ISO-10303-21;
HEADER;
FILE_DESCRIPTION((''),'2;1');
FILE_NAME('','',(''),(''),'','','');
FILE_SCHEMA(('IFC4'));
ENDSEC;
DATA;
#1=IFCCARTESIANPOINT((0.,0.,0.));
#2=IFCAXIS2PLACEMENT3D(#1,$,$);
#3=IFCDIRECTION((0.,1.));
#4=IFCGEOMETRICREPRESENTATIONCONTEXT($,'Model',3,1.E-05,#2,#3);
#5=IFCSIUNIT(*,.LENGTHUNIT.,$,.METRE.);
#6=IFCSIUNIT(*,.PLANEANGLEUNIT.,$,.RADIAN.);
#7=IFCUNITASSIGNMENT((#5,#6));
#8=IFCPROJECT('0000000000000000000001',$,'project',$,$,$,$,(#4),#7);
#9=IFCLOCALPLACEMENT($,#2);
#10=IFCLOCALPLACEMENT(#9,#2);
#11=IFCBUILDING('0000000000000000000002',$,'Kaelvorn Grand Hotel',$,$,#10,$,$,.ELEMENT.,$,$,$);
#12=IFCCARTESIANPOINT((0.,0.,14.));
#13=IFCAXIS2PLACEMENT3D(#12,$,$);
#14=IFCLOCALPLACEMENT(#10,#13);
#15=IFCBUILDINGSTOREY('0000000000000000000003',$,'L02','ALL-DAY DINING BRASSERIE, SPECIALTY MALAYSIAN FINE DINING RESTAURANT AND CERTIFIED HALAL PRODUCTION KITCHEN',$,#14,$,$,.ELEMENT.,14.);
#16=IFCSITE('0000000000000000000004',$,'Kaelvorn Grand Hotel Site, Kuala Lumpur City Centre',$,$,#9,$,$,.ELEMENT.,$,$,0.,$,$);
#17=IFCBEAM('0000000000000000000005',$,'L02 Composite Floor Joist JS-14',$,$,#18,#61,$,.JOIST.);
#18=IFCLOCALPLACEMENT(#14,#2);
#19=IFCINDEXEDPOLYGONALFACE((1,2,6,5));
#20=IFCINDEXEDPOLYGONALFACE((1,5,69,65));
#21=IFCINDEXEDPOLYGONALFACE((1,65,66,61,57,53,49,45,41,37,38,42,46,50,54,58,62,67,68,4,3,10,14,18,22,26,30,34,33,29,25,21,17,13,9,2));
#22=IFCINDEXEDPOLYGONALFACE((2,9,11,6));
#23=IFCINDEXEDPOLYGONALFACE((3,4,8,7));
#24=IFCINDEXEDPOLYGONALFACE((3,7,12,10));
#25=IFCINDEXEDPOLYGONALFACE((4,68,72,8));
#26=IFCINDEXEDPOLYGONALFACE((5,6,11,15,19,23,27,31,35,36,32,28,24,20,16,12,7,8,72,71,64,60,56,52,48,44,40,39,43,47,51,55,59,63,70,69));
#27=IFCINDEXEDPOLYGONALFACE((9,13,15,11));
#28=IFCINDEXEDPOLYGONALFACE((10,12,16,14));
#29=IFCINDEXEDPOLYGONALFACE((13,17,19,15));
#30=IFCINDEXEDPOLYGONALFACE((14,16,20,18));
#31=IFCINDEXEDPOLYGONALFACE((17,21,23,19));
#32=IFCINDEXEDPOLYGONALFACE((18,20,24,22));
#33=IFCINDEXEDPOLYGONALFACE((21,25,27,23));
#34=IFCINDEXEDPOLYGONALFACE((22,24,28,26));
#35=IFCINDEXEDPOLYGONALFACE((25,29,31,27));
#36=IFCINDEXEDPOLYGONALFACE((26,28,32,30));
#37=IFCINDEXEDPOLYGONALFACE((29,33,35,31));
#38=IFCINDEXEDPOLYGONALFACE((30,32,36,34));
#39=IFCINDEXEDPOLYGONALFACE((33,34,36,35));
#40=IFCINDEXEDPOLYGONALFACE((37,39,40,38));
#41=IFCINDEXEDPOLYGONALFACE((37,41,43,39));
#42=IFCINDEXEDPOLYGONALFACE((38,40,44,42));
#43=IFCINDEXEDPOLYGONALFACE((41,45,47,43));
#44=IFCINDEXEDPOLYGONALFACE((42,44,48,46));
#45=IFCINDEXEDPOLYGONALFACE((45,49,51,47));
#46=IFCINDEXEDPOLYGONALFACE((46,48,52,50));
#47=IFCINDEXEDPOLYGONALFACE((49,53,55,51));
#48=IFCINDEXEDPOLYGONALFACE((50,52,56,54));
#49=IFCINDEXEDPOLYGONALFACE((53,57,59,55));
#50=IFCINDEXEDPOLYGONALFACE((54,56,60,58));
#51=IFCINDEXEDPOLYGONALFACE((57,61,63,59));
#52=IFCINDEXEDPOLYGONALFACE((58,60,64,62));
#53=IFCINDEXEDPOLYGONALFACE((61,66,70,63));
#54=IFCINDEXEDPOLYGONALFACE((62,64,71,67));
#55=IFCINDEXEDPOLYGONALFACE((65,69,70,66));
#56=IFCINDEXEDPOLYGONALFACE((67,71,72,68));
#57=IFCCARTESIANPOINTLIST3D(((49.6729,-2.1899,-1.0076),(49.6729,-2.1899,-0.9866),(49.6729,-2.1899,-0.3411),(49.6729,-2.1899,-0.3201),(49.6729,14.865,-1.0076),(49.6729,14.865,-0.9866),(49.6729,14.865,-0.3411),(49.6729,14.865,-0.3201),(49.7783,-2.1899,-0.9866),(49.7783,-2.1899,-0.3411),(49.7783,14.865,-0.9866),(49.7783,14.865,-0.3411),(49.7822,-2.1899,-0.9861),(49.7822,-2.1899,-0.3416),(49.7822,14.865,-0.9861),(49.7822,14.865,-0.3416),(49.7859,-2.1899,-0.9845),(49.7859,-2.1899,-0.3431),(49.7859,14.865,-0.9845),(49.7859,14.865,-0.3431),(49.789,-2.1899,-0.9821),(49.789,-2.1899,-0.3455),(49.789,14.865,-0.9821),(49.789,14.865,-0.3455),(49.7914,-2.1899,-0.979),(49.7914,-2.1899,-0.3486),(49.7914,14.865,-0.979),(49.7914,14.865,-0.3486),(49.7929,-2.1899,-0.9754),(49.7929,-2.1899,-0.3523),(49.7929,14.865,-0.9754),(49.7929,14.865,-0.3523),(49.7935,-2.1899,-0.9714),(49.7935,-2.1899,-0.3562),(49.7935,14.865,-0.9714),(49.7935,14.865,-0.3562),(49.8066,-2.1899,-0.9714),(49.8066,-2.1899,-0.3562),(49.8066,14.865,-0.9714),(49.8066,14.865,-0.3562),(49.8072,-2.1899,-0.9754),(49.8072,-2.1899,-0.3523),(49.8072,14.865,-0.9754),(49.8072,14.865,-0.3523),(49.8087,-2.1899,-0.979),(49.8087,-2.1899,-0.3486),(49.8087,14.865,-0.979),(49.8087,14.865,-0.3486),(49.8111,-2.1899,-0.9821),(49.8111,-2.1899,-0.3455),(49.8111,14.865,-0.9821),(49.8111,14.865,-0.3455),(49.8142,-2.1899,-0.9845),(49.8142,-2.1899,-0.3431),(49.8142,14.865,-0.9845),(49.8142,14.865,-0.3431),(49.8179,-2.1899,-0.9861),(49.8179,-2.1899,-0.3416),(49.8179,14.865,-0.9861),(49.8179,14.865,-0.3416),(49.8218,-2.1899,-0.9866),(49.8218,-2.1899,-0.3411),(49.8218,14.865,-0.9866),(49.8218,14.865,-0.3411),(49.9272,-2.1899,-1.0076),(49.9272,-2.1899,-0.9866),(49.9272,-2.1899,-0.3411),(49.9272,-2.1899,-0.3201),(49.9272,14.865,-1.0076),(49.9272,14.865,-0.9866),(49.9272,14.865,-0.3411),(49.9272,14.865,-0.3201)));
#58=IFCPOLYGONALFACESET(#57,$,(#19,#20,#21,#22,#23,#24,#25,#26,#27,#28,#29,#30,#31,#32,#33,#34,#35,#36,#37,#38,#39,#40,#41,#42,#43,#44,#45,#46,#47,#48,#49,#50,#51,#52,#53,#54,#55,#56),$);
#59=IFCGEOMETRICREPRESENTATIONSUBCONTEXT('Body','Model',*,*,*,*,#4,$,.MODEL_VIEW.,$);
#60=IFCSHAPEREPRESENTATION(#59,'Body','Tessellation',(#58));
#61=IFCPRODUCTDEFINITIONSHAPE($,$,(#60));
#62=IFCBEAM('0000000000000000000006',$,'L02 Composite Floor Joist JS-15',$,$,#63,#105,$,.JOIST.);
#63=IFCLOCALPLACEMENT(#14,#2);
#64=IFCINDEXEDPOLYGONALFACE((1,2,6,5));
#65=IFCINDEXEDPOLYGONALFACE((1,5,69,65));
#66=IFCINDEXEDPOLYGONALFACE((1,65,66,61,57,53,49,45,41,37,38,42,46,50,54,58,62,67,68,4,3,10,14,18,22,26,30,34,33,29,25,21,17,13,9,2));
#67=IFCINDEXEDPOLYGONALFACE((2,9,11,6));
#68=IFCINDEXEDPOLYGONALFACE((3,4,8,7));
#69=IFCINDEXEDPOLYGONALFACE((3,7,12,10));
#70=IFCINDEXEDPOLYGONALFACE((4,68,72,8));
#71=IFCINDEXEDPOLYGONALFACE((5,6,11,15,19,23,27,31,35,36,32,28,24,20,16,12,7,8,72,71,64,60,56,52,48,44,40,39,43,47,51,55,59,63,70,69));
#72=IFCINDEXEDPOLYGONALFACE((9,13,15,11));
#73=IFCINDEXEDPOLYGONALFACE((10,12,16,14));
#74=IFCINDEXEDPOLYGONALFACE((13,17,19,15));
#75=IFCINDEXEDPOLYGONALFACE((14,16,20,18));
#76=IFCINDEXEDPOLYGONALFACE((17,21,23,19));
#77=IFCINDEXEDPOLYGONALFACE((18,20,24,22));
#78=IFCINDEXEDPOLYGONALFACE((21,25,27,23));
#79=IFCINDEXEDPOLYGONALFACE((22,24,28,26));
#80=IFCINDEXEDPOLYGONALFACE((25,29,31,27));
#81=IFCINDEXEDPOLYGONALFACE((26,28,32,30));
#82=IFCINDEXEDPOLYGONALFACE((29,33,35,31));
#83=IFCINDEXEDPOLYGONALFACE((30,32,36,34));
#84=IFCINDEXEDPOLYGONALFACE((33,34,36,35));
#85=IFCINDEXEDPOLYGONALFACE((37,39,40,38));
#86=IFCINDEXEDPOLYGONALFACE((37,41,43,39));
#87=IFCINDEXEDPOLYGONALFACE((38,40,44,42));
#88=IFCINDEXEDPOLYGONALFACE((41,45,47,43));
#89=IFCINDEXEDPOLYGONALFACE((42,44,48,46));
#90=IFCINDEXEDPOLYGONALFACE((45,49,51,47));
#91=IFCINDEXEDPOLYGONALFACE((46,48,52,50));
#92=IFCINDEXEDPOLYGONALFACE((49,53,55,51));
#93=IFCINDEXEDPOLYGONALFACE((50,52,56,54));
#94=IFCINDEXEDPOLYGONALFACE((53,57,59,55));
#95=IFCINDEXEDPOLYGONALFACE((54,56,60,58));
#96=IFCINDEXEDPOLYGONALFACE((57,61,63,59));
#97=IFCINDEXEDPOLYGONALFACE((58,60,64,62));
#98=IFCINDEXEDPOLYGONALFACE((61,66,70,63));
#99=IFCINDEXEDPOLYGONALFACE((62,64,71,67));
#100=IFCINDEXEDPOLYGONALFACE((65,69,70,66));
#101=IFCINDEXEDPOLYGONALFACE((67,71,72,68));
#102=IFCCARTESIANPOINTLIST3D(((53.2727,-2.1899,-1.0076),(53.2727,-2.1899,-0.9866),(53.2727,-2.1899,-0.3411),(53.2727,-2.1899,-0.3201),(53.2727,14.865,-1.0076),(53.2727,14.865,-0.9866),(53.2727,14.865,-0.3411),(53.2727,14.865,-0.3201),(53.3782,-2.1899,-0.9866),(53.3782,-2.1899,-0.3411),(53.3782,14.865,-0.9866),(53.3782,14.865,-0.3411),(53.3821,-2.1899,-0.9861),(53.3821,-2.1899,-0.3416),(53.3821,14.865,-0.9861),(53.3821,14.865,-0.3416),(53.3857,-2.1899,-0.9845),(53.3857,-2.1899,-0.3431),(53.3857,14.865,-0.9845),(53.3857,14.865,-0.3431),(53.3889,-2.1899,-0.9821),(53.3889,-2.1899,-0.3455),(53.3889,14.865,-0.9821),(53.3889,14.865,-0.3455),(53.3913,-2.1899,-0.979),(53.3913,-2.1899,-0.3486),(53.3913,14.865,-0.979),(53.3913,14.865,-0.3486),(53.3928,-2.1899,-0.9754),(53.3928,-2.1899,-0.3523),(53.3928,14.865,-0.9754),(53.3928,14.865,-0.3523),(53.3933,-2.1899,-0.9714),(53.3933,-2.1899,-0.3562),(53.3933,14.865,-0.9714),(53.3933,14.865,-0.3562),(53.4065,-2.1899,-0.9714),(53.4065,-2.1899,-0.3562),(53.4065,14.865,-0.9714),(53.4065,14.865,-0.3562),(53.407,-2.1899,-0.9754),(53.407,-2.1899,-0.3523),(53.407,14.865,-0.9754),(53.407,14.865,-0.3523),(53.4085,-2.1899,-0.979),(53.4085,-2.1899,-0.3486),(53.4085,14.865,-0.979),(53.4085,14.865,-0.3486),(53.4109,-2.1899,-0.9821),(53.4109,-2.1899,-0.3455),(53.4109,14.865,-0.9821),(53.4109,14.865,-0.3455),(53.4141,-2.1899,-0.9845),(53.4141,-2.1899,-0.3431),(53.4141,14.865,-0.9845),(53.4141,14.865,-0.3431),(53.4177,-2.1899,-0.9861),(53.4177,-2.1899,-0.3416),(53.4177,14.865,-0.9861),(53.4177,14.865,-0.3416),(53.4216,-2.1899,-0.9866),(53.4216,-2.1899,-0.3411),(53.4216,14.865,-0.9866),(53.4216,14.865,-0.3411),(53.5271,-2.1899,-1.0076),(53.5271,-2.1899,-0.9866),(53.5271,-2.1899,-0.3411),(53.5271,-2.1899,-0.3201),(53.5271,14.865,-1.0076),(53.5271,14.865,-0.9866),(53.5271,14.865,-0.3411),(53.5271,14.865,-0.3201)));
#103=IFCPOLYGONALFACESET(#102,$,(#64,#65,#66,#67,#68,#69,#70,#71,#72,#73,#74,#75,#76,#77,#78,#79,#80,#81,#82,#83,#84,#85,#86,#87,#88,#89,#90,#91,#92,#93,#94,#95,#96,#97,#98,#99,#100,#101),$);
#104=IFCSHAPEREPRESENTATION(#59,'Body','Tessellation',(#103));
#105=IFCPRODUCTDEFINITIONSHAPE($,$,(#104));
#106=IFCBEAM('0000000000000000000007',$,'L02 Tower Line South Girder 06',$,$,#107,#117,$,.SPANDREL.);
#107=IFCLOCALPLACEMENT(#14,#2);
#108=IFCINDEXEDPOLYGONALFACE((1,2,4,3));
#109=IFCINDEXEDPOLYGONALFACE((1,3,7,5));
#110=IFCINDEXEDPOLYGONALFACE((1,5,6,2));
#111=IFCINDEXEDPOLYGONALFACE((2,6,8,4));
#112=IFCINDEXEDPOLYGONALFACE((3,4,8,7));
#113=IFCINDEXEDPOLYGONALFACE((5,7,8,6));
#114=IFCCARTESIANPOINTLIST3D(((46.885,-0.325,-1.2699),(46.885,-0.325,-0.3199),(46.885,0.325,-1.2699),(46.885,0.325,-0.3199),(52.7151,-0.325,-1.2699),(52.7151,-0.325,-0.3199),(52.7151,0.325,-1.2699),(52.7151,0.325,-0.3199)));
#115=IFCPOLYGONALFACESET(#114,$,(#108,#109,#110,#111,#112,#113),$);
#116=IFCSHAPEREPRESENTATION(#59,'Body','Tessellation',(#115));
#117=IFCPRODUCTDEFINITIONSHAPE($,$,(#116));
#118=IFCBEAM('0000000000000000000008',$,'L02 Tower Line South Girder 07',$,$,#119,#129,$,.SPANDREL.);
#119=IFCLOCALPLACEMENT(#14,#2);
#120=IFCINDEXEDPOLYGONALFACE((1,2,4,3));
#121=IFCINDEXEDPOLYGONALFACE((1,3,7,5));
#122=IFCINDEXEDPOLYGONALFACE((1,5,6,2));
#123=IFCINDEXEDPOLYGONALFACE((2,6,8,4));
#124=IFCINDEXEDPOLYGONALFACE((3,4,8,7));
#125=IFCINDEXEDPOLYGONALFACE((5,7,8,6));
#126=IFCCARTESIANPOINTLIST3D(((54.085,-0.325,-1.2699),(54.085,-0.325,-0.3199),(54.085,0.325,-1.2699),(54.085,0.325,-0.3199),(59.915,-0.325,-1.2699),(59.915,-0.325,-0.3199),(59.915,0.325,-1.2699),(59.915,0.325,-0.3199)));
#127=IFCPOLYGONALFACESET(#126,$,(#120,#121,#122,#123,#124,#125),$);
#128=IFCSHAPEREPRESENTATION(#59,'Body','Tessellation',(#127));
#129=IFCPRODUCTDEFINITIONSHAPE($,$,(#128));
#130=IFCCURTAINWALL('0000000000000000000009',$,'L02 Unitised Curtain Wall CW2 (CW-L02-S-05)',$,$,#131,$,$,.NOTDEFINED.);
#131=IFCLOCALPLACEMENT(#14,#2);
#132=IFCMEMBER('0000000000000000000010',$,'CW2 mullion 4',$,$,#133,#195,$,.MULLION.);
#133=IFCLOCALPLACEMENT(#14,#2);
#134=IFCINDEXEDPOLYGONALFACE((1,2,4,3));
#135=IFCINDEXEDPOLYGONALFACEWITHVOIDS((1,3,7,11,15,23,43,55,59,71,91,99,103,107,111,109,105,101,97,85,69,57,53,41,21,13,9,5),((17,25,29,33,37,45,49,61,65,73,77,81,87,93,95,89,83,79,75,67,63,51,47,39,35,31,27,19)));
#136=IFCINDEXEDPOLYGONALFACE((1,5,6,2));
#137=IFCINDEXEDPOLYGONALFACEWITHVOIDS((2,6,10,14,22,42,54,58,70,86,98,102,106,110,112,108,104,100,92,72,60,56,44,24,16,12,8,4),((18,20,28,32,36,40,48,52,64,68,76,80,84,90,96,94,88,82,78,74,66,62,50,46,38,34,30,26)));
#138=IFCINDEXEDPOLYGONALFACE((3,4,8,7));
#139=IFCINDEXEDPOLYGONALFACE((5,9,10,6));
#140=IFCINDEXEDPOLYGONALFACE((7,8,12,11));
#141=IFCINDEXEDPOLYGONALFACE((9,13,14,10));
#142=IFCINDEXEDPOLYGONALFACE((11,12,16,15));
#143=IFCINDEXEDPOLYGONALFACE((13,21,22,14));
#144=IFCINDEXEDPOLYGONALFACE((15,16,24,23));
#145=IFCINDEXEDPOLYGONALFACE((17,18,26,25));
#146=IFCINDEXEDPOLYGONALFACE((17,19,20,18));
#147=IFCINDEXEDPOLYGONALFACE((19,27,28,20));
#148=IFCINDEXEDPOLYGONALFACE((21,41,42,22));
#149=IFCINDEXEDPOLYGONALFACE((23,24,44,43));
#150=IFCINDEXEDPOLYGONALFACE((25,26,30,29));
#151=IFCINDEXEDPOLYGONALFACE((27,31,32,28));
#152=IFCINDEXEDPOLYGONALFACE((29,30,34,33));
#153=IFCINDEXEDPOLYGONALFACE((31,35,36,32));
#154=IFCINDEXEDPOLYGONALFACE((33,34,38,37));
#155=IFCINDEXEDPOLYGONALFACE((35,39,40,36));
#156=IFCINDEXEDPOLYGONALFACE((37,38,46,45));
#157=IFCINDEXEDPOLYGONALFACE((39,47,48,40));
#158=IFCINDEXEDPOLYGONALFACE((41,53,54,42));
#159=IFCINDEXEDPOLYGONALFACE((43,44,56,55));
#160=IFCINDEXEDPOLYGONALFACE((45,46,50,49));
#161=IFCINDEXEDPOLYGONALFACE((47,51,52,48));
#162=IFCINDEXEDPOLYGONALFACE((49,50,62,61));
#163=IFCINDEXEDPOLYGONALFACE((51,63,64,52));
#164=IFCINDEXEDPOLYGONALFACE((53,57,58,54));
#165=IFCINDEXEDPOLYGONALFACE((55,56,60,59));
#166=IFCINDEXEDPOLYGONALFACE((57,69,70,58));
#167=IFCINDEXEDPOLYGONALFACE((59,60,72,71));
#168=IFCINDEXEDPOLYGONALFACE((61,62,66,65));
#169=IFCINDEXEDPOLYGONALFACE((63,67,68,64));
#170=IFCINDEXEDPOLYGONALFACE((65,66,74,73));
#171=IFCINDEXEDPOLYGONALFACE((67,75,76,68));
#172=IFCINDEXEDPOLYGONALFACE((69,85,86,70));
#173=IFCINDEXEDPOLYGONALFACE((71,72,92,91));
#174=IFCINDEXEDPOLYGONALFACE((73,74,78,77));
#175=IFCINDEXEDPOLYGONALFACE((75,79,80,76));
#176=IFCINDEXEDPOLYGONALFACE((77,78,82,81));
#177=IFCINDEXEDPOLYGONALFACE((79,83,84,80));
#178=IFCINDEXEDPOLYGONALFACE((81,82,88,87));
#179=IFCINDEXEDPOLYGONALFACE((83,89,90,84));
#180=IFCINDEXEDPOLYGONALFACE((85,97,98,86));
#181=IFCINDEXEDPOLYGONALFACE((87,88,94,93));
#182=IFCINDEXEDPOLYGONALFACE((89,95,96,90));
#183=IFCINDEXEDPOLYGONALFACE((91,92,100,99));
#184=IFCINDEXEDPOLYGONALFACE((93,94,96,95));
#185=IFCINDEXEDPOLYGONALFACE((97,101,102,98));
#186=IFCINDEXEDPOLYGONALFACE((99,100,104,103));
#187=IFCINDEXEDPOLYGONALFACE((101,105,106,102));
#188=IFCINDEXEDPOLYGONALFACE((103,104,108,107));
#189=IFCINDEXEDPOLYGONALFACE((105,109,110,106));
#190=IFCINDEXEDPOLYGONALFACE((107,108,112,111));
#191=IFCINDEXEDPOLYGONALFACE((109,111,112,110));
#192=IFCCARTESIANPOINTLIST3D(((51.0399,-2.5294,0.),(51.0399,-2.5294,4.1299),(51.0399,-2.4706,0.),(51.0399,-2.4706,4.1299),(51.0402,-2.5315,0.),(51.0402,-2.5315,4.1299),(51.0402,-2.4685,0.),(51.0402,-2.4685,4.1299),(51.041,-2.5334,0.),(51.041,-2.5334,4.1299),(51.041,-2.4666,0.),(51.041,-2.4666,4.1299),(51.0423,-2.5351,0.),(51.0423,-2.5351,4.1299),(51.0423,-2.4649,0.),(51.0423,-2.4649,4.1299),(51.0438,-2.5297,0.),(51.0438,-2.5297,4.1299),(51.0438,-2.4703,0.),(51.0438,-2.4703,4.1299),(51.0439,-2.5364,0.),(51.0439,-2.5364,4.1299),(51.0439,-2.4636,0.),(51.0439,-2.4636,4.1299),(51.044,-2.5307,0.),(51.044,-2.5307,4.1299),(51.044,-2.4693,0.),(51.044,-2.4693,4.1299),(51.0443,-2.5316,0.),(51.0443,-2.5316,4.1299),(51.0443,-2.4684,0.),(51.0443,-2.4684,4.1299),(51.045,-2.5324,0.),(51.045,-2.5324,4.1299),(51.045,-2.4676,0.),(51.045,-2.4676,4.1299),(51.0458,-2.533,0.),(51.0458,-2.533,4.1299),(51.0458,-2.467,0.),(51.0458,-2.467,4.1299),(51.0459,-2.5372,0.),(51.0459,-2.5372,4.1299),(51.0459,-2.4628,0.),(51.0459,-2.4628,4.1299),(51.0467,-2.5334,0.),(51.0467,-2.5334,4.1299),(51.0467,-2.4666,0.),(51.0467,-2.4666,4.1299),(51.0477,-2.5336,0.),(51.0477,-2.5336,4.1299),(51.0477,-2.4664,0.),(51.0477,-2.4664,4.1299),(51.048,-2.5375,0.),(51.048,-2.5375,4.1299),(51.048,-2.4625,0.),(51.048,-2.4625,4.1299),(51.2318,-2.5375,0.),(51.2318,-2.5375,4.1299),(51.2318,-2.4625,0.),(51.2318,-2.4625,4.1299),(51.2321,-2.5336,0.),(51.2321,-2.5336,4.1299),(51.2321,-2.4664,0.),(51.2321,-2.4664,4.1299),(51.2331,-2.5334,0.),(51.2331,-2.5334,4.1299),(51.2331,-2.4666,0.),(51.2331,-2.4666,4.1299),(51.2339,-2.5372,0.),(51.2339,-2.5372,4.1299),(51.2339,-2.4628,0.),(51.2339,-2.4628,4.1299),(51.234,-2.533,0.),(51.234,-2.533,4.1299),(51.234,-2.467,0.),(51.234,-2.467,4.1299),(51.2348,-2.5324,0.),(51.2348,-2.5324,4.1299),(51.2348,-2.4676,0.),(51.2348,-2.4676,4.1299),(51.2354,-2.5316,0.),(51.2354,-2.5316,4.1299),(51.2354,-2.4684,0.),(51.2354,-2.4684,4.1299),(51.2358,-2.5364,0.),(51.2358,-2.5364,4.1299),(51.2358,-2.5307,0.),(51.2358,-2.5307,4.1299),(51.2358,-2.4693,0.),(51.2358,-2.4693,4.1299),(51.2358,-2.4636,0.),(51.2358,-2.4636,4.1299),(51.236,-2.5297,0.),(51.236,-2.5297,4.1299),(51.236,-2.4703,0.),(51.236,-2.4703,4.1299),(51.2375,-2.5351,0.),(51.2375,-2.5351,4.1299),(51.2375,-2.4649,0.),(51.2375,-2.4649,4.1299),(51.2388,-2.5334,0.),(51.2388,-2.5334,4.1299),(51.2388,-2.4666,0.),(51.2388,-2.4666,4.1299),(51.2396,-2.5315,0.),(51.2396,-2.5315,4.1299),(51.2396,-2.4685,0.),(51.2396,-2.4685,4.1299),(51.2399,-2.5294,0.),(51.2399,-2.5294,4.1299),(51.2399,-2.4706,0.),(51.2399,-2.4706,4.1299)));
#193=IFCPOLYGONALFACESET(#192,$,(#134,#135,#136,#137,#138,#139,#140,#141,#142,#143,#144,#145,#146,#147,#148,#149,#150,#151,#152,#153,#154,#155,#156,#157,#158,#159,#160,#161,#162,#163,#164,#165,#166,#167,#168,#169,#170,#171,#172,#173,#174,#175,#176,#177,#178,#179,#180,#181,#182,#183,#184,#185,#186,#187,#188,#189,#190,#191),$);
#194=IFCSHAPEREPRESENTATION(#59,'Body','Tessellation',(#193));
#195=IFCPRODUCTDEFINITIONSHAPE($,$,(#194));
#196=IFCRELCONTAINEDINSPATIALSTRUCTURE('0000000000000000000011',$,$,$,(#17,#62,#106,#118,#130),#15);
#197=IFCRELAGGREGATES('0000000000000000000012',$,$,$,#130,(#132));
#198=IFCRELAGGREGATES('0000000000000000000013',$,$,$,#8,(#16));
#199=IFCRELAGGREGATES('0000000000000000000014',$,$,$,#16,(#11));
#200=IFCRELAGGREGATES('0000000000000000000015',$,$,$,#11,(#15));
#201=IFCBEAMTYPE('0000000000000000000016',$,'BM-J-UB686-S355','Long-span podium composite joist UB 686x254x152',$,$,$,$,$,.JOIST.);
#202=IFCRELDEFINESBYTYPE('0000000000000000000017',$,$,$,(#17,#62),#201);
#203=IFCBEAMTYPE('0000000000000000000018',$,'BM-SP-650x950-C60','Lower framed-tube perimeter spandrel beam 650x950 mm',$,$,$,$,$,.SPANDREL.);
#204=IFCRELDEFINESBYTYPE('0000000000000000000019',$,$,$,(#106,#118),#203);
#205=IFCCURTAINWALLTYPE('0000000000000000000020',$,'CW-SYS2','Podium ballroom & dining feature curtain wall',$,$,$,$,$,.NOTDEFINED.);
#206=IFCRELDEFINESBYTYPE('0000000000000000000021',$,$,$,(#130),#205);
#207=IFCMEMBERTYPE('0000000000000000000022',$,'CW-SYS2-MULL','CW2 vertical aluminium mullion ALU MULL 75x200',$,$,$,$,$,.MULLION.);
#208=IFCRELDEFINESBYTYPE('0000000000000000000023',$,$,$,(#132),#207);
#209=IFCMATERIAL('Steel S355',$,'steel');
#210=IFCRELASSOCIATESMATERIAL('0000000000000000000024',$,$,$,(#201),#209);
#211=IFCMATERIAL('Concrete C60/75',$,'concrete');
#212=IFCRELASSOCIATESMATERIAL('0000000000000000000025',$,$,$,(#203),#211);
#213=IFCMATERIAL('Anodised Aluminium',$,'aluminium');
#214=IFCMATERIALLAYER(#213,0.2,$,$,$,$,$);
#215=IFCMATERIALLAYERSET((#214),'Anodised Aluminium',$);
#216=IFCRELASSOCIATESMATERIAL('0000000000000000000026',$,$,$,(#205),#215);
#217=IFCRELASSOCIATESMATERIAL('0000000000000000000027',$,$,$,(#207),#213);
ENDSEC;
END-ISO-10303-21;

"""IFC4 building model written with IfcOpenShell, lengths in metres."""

from ifc_helpers import new_model, si_unit, direction, frame, origin, origin_2d, place, context, subcontext, project, spatial, rectangle, hollow_rectangle, i_section, extrude, material, layer, layer_set, material_profile, profile_set, type_object, element, aggregate, save


model = new_model("IFC4")

# Units and contexts
model_context = context("Model", 3, precision=1e-05, world=origin(), true_north=direction((0.0, 1.0)))
body_context = subcontext(model_context, "Body", "Model", "MODEL_VIEW")
ifc_project = project(units=[si_unit("LENGTHUNIT", "METRE"), si_unit("PLANEANGLEUNIT", "RADIAN")], contexts=[model_context])

# Site, building, storey
site_placement = place(None, origin())
site = spatial("IfcSite", under=ifc_project, at=site_placement, Name="Kaelvorn Grand Hotel Site, Kuala Lumpur City Centre", CompositionType="ELEMENT", RefElevation=0.0)
building_placement = place(site_placement, origin())
building = spatial("IfcBuilding", under=site, at=building_placement, Name="Kaelvorn Grand Hotel", CompositionType="ELEMENT")
storey_placement = place(building_placement, frame((0.0, 0.0, 14.0)))
storey = spatial("IfcBuildingStorey", under=building, at=storey_placement, Name="L02", Description="ALL-DAY DINING BRASSERIE, SPECIALTY MALAYSIAN FINE DINING RESTAURANT AND CERTIFIED HALAL PRODUCTION KITCHEN", CompositionType="ELEMENT", Elevation=14.0)

# Beams
ifc_material_1 = material(Name="Steel S355", Category="steel")
ifc_material_profile_1 = material_profile(ifc_material_1, i_section(OverallWidth=0.2544, OverallDepth=0.6875, WebThickness=0.0132, FlangeThickness=0.021, FilletRadius=0.0151, at=origin_2d()), Name="UB 686x254x152")
ifc_profile_set_1 = profile_set([ifc_material_profile_1], Name="Steel S355")
beam_type_1 = type_object("IfcBeamType", Name="BM-J-UB686-S355", Description="Long-span podium composite joist UB 686x254x152", PredefinedType="JOIST", material=ifc_profile_set_1)
for number, where, z_axis, x_axis, name in (
    (1, (49.8, -2.1899, -0.6638), (0.0, 1.0, 0.0), (-1.0, 0.0, 0.0), "L02 Composite Floor Joist JS-14"),
    (2, (53.3999, -2.1899, -0.6638), (0.0, 1.0, 0.0), (-1.0, 0.0, 0.0), "L02 Composite Floor Joist JS-15"),
):
    element("IfcBeam", number, at=place(storey_placement, frame(where, z_axis=z_axis, x_axis=x_axis)), inside=storey, type_object=beam_type_1, Name=name, PredefinedType="JOIST", context=body_context, shape_type="SweptSolid", body=[
        extrude(i_section(OverallWidth=0.2544, OverallDepth=0.6875, WebThickness=0.0132, FlangeThickness=0.021, FilletRadius=0.0151, at=origin_2d()), origin(), (0.0, 0.0, 1.0), 17.0549),
    ])
ifc_material_2 = material(Name="Concrete C60/75", Category="concrete")
ifc_material_profile_2 = material_profile(ifc_material_2, rectangle(XDim=0.6499, YDim=0.95, at=origin_2d()), Name="RC SPANDREL 650x950")
ifc_profile_set_2 = profile_set([ifc_material_profile_2], Name="Concrete C60/75")
beam_type_2 = type_object("IfcBeamType", Name="BM-SP-650x950-C60", Description="Lower framed-tube perimeter spandrel beam 650x950 mm", PredefinedType="SPANDREL", material=ifc_profile_set_2)
for number, where, z_axis, x_axis, name in (
    (3, (46.885, 0.0, -0.7949), (1.0, 0.0, 0.0), (0.0, 1.0, 0.0), "L02 Tower Line South Girder 06"),
    (4, (54.085, 0.0, -0.7949), (1.0, 0.0, 0.0), (0.0, 1.0, 0.0), "L02 Tower Line South Girder 07"),
):
    element("IfcBeam", number, at=place(storey_placement, frame(where, z_axis=z_axis, x_axis=x_axis)), inside=storey, type_object=beam_type_2, Name=name, PredefinedType="SPANDREL", context=body_context, shape_type="SweptSolid", body=[
        extrude(rectangle(XDim=0.6499, YDim=0.95, at=origin_2d()), origin(), (0.0, 0.0, 1.0), 5.8301),
    ])

# Curtain wall, member
ifc_material_3 = material(Name="Anodised Aluminium", Category="aluminium")
ifc_layer_1 = layer(ifc_material_3, 0.2)
ifc_layer_set_1 = layer_set([ifc_layer_1], Name="Anodised Aluminium")
curtain_wall_type = type_object("IfcCurtainWallType", Name="CW-SYS2", Description="Podium ballroom & dining feature curtain wall", PredefinedType="NOTDEFINED", material=ifc_layer_set_1)
curtain_wall_1_placement = place(storey_placement, origin())
curtain_wall_1 = element("IfcCurtainWall", 5, at=curtain_wall_1_placement, inside=storey, type_object=curtain_wall_type, Name="L02 Unitised Curtain Wall CW2 (CW-L02-S-05)", PredefinedType="NOTDEFINED")
ifc_material_profile_3 = material_profile(ifc_material_3, hollow_rectangle(XDim=0.075, YDim=0.2, WallThickness=0.0039, InnerFilletRadius=0.0039, OuterFilletRadius=0.0081, at=origin_2d()), Name="ALU MULL 75x200")
ifc_profile_set_3 = profile_set([ifc_material_profile_3], Name="Anodised Aluminium")
member_type_1 = type_object("IfcMemberType", Name="CW-SYS2-MULL", Description="CW2 vertical aluminium mullion ALU MULL 75x200", PredefinedType="MULLION", material=ifc_profile_set_3)
member_1_placement = place(storey_placement, frame((51.1399, -2.5, 0.0), z_axis=(0.0, 0.0, 1.0), x_axis=(0.0, 1.0, 0.0)))
member_1 = element("IfcMember", 6, at=member_1_placement, type_object=member_type_1, Name="CW2 mullion 4", PredefinedType="MULLION", context=body_context, shape_type="SweptSolid", body=[
    extrude(hollow_rectangle(XDim=0.075, YDim=0.2, WallThickness=0.0039, InnerFilletRadius=0.0039, OuterFilletRadius=0.0081, at=origin_2d()), origin(), (0.0, 0.0, 1.0), 4.1299),
])

aggregate(curtain_wall_1, [member_1])

save(model, "model.ifc")
